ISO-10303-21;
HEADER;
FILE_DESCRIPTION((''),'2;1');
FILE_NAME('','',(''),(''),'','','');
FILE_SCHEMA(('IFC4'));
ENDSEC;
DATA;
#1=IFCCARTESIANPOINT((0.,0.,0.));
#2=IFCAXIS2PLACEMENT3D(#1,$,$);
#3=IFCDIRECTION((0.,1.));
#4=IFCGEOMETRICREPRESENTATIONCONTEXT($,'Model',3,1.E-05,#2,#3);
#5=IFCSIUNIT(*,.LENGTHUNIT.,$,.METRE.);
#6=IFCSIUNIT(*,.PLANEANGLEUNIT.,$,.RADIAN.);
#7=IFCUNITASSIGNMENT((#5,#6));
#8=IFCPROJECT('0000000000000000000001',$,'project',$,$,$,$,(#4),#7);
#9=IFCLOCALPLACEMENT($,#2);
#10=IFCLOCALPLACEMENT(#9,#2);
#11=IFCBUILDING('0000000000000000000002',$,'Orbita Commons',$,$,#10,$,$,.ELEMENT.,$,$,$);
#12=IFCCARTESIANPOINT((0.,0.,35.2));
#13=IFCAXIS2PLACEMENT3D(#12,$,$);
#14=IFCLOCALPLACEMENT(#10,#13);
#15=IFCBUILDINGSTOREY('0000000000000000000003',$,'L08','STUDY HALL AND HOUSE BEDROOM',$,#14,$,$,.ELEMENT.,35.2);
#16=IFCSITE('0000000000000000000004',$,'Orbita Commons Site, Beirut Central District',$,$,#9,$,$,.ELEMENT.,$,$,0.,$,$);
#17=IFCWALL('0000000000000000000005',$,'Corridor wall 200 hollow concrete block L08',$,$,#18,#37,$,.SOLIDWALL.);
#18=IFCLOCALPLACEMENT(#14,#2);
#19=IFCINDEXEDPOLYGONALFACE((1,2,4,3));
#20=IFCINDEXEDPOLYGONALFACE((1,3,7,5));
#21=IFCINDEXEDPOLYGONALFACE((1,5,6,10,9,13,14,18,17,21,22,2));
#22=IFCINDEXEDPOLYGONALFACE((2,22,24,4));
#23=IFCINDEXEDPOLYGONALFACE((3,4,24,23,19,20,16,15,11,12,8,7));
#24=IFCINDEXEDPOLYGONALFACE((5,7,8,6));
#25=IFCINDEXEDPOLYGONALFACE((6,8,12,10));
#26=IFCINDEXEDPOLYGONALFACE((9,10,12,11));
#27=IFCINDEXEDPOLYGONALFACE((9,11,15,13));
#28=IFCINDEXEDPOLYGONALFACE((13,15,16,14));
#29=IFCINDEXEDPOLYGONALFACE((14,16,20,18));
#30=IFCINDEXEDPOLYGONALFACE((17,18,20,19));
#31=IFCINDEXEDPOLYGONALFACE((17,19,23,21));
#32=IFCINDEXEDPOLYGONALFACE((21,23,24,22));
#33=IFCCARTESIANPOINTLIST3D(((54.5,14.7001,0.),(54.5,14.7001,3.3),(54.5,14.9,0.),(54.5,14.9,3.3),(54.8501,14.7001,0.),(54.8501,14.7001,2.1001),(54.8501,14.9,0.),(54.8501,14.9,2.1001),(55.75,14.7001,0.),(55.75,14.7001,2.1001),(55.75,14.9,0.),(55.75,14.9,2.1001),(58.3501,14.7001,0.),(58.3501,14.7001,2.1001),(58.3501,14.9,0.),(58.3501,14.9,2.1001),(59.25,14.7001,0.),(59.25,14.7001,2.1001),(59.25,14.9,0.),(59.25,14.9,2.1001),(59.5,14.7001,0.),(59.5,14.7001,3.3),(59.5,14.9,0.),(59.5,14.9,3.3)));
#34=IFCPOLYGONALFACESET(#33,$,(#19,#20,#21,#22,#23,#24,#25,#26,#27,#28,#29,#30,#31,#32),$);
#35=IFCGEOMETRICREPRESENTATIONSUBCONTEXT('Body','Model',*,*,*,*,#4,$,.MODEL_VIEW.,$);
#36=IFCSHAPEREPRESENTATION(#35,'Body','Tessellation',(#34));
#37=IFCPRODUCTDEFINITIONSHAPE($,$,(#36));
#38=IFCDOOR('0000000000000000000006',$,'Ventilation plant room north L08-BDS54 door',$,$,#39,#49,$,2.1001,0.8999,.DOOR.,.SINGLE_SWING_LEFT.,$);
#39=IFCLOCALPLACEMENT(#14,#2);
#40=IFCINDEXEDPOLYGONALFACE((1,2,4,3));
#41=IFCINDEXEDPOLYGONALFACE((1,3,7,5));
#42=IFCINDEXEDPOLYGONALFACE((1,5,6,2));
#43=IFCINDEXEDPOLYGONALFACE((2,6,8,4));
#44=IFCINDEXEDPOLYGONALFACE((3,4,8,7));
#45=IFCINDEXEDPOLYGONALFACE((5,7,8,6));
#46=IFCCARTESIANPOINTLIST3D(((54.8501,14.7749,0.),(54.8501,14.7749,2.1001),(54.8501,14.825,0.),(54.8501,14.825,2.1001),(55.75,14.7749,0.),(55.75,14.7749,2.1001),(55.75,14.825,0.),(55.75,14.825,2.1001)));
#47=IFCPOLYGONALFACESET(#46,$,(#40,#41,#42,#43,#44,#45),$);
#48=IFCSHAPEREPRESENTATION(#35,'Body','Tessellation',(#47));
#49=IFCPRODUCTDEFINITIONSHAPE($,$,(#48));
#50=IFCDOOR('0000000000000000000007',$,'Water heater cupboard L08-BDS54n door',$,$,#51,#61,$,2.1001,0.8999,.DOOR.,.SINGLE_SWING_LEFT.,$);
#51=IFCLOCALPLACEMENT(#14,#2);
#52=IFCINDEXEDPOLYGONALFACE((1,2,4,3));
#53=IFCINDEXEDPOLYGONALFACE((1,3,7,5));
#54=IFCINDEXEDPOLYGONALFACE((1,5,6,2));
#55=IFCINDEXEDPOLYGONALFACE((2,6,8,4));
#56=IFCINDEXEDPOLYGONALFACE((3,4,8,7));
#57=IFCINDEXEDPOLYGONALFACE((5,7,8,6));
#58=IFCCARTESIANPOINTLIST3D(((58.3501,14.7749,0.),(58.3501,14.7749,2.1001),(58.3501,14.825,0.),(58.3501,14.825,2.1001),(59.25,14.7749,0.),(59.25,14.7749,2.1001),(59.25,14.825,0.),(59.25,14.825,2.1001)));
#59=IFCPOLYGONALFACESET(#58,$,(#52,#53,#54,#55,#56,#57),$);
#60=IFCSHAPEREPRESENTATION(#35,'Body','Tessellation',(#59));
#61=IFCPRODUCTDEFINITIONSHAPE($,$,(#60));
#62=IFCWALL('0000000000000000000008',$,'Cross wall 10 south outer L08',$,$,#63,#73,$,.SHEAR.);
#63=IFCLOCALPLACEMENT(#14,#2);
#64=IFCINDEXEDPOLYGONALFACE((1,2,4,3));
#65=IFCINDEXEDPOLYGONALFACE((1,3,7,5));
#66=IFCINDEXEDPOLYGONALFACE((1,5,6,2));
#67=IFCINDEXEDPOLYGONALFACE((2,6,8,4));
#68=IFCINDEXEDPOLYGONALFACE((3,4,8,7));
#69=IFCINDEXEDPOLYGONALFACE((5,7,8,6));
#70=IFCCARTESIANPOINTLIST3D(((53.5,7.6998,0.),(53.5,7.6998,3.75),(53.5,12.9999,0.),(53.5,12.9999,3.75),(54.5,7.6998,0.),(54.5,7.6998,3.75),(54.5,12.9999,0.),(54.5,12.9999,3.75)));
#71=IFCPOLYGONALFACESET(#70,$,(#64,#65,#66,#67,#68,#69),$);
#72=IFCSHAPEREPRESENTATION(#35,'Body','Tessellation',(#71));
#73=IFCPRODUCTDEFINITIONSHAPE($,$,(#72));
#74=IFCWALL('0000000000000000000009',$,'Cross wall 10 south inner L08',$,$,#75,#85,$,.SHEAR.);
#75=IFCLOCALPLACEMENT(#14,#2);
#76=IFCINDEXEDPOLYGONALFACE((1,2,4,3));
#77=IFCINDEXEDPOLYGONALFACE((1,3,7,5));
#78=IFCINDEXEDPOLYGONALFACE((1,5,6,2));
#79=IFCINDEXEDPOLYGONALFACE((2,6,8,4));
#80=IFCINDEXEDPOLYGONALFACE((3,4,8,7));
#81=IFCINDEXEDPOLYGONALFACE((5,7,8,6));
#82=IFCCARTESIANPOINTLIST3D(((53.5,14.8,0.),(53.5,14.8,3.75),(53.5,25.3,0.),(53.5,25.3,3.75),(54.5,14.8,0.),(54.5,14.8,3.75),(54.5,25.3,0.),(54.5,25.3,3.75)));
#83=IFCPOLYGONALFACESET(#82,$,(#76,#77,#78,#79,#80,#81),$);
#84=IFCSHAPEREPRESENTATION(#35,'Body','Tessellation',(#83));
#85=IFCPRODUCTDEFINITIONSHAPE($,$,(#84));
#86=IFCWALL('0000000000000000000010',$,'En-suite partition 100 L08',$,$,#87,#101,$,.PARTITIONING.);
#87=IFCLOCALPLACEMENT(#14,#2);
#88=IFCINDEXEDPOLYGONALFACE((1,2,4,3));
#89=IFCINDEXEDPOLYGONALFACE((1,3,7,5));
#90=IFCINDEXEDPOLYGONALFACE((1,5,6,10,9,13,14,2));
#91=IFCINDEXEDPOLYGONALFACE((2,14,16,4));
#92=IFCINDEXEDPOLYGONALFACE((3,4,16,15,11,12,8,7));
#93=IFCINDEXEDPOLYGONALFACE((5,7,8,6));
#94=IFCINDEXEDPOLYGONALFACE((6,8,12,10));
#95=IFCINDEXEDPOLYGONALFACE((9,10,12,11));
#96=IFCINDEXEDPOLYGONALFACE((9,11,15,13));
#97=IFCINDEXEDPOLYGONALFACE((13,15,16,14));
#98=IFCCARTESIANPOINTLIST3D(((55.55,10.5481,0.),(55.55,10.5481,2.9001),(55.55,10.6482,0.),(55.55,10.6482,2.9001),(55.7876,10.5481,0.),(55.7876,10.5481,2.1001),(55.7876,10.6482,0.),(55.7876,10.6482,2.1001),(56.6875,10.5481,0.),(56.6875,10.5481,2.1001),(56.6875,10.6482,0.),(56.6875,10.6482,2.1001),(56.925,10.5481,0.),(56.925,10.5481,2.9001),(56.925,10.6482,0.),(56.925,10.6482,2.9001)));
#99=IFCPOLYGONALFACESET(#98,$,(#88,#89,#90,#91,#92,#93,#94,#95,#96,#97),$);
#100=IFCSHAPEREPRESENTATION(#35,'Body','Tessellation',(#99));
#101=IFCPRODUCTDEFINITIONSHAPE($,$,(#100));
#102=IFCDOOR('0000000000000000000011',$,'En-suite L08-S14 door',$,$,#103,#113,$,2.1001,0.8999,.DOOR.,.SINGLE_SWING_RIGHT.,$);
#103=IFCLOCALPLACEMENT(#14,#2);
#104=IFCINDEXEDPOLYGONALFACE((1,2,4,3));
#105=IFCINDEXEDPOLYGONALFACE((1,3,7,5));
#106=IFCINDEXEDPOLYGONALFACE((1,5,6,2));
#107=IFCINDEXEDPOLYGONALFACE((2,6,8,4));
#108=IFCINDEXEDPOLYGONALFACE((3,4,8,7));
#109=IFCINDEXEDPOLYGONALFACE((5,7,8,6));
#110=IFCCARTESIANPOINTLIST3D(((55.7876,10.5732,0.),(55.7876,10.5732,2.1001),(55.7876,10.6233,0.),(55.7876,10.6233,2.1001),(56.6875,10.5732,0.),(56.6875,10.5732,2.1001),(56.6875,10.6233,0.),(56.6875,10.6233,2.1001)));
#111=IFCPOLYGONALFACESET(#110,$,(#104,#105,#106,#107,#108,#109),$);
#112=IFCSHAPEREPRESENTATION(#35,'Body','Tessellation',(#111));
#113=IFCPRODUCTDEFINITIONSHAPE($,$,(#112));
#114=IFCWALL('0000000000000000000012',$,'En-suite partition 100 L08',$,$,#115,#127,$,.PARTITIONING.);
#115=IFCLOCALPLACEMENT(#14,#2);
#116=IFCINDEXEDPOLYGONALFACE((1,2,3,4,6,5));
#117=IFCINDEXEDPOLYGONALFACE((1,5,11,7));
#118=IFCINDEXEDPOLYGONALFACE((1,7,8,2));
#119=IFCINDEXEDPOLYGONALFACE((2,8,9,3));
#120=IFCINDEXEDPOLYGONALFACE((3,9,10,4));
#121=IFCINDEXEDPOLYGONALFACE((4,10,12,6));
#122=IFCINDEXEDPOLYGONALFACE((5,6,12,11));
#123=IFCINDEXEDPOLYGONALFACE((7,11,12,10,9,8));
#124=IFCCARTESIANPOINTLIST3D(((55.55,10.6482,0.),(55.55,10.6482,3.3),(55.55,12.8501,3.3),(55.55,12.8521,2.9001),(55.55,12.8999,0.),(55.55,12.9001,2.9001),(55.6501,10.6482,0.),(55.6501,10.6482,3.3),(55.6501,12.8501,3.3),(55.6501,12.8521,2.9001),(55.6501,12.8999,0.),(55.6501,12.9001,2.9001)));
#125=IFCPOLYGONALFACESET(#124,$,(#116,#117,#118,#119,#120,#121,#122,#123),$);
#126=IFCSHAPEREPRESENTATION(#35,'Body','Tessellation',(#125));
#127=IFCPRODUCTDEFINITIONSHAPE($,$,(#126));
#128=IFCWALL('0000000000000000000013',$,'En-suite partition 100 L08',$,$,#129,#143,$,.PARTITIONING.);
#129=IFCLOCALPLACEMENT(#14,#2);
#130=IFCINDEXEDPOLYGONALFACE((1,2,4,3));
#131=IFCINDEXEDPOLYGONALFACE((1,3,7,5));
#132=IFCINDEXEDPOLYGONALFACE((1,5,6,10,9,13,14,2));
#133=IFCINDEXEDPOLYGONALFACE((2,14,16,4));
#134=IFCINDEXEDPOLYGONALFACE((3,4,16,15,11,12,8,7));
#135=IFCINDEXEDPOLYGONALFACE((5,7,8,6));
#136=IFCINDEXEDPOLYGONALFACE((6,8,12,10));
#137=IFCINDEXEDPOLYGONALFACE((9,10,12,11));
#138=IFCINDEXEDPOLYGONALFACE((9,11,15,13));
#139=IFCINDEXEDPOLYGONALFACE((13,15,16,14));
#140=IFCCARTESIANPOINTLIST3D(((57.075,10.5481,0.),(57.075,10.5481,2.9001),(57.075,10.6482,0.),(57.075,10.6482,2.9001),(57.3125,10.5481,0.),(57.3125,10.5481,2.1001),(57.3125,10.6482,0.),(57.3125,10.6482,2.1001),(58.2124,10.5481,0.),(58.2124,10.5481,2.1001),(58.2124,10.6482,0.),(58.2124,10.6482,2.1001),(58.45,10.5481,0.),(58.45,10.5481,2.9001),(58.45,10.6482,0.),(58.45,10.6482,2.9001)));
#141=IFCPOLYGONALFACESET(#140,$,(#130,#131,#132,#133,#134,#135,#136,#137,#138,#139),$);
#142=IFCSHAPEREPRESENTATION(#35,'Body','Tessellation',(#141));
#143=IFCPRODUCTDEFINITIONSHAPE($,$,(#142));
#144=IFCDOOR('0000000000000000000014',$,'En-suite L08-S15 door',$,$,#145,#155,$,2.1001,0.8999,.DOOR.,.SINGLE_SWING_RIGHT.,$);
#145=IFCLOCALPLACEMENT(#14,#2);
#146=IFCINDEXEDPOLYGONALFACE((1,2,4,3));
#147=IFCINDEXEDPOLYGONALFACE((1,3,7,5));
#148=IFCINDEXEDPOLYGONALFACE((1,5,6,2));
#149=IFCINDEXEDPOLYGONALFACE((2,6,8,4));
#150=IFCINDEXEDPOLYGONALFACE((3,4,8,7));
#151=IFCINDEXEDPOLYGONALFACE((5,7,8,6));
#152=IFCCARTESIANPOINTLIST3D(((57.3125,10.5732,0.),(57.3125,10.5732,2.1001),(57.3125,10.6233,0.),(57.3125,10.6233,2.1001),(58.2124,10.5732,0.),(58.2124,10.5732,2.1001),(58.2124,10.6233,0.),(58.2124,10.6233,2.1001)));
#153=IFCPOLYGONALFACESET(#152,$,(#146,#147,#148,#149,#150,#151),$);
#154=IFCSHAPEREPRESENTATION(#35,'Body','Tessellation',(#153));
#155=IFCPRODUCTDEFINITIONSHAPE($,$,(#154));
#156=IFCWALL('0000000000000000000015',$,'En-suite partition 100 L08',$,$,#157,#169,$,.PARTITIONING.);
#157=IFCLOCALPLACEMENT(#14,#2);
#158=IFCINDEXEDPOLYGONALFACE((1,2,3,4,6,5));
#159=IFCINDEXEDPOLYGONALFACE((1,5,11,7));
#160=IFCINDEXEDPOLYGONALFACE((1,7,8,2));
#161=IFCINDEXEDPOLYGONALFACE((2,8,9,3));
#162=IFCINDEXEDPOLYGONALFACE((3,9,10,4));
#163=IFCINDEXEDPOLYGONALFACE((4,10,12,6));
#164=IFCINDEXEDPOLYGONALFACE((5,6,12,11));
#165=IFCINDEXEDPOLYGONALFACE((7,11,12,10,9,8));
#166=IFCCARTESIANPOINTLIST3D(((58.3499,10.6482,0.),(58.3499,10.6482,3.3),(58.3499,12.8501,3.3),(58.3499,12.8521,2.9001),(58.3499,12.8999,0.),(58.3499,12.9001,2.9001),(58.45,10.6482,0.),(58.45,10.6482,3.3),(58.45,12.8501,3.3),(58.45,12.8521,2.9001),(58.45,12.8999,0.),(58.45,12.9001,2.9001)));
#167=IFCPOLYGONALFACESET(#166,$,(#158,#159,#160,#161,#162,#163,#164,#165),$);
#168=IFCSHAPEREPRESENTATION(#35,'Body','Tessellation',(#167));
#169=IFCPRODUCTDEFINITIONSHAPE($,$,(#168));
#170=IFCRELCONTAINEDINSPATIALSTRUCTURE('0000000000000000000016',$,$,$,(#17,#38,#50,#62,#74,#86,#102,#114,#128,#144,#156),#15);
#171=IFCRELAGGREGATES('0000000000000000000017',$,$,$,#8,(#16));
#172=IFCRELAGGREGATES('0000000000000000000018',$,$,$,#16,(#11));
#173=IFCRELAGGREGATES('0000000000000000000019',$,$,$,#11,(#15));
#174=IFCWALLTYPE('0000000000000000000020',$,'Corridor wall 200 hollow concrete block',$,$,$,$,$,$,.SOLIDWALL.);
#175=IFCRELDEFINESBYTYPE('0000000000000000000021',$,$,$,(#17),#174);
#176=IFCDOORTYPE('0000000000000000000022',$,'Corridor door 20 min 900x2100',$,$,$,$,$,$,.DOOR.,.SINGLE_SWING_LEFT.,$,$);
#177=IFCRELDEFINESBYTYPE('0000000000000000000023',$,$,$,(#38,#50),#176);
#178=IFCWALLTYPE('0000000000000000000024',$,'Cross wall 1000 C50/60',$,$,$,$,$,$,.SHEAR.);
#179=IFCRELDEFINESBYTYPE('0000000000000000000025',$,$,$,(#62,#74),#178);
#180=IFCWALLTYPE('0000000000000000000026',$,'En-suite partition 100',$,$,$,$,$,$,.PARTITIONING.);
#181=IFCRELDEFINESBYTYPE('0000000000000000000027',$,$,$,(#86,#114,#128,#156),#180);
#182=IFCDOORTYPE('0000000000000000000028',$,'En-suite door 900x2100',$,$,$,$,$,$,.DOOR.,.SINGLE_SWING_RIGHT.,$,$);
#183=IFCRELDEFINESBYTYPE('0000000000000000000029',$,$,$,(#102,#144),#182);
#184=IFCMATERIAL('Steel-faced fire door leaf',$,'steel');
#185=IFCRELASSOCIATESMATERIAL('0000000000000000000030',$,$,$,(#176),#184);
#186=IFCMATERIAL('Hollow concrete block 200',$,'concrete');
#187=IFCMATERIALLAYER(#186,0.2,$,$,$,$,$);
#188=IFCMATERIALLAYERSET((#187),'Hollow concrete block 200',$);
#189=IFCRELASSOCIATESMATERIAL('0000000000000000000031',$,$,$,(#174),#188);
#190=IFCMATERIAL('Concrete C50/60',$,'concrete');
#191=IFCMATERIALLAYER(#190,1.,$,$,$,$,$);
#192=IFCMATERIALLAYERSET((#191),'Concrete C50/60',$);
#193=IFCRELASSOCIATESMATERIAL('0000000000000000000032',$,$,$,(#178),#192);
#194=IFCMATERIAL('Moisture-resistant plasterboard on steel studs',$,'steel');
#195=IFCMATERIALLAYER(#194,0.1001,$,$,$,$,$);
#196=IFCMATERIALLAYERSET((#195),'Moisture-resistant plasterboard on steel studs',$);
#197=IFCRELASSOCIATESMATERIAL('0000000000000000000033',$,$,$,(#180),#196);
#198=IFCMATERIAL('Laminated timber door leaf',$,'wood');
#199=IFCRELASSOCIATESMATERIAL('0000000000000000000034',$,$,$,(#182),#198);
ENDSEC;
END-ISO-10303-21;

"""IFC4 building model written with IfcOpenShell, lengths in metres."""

from ifc_helpers import new_model, si_unit, direction, frame, frame_2d, origin, place, context, subcontext, project, spatial, polyline, rectangle, outline, extrude, material, layer, layer_set, type_object, element, fill, save


model = new_model("IFC4")

# Units and contexts
model_context = context("Model", 3, precision=1e-05, world=origin(), true_north=direction((0.0, 1.0)))
body_context = subcontext(model_context, "Body", "Model", "MODEL_VIEW")
ifc_project = project(units=[si_unit("LENGTHUNIT", "METRE"), si_unit("PLANEANGLEUNIT", "RADIAN")], contexts=[model_context])

# Site, building, storey
site_placement = place(None, origin())
site = spatial("IfcSite", under=ifc_project, at=site_placement, Name="Orbita Commons Site, Beirut Central District", CompositionType="ELEMENT", RefElevation=0.0)
building_placement = place(site_placement, origin())
building = spatial("IfcBuilding", under=site, at=building_placement, Name="Orbita Commons", CompositionType="ELEMENT")
storey_placement = place(building_placement, frame((0.0, 0.0, 35.2)))
storey = spatial("IfcBuildingStorey", under=building, at=storey_placement, Name="L08", Description="STUDY HALL AND HOUSE BEDROOM", CompositionType="ELEMENT", Elevation=35.2)

# Wall, openings, doors
ifc_material_1 = material(Name="Steel-faced fire door leaf", Category="steel")
door_type_1 = type_object("IfcDoorType", Name="Corridor door 20 min 900x2100", OperationType="SINGLE_SWING_LEFT", PredefinedType="DOOR", material=ifc_material_1)
ifc_material_2 = material(Name="Hollow concrete block 200", Category="concrete")
ifc_layer_1 = layer(ifc_material_2, 0.2)
ifc_layer_set_1 = layer_set([ifc_layer_1], Name="Hollow concrete block 200")
wall_type_1 = type_object("IfcWallType", Name="Corridor wall 200 hollow concrete block", PredefinedType="SOLIDWALL", material=ifc_layer_set_1)
wall_1_placement = place(storey_placement, frame((54.5, 14.8, 0.0), z_axis=(0.0, 0.0, 1.0), x_axis=(1.0, 0.0, 0.0)))
wall_1 = element("IfcWall", 1, at=wall_1_placement, inside=storey, type_object=wall_type_1, Name="Corridor wall 200 hollow concrete block L08", PredefinedType="SOLIDWALL", context=body_context, shape_type="SweptSolid", body=[
    extrude(rectangle(XDim=5.0, YDim=0.2, at=frame_2d((2.5, 0.0))), origin(), (0.0, 0.0, 1.0), 3.3),
])
opening_1_placement = place(wall_1_placement, frame((0.3501, 0.0, 0.0)))
opening_1 = element("IfcOpeningElement", 2, at=opening_1_placement, cuts=wall_1, PredefinedType="OPENING", context=body_context, shape_type="SweptSolid", body=[
    extrude(rectangle(XDim=0.8999, YDim=2.1001, at=frame_2d((0.45, 1.05))), frame((0.0, 0.1099, 0.0), z_axis=(0.0, -1.0, 0.0), x_axis=(1.0, 0.0, 0.0)), (0.0, 0.0, 1.0), 0.22),
])
opening_2_placement = place(wall_1_placement, frame((3.8501, 0.0, 0.0)))
opening_2 = element("IfcOpeningElement", 3, at=opening_2_placement, cuts=wall_1, PredefinedType="OPENING", context=body_context, shape_type="SweptSolid", body=[
    extrude(rectangle(XDim=0.8999, YDim=2.1001, at=frame_2d((0.45, 1.05))), frame((0.0, 0.1099, 0.0), z_axis=(0.0, -1.0, 0.0), x_axis=(1.0, 0.0, 0.0)), (0.0, 0.0, 1.0), 0.22),
])
door_1_placement = place(opening_1_placement, origin())
door_1 = element("IfcDoor", 4, at=door_1_placement, inside=storey, type_object=door_type_1, Name="Ventilation plant room north L08-BDS54 door", OperationType="SINGLE_SWING_LEFT", OverallHeight=2.1001, OverallWidth=0.8999, PredefinedType="DOOR", context=body_context, shape_type="SweptSolid", body=[
    extrude(rectangle(XDim=0.8999, YDim=2.1001, at=frame_2d((0.45, 1.05))), frame((0.0, 0.0249, 0.0), z_axis=(0.0, -1.0, 0.0), x_axis=(1.0, 0.0, 0.0)), (0.0, 0.0, 1.0), 0.05),
])
fill(opening_1, door_1)
door_2_placement = place(opening_2_placement, origin())
door_2 = element("IfcDoor", 5, at=door_2_placement, inside=storey, type_object=door_type_1, Name="Water heater cupboard L08-BDS54n door", OperationType="SINGLE_SWING_LEFT", OverallHeight=2.1001, OverallWidth=0.8999, PredefinedType="DOOR", context=body_context, shape_type="SweptSolid", body=[
    extrude(rectangle(XDim=0.8999, YDim=2.1001, at=frame_2d((0.45, 1.05))), frame((0.0, 0.0249, 0.0), z_axis=(0.0, -1.0, 0.0), x_axis=(1.0, 0.0, 0.0)), (0.0, 0.0, 1.0), 0.05),
])
fill(opening_2, door_2)

# Walls
ifc_material_3 = material(Name="Concrete C50/60", Category="concrete")
ifc_layer_2 = layer(ifc_material_3, 1.0)
ifc_layer_set_2 = layer_set([ifc_layer_2], Name="Concrete C50/60")
wall_type_2 = type_object("IfcWallType", Name="Cross wall 1000 C50/60", PredefinedType="SHEAR", material=ifc_layer_set_2)
wall_2_placement = place(storey_placement, frame((54.0, 7.7, 0.0), z_axis=(0.0, 0.0, 1.0), x_axis=(0.0, 1.0, 0.0)))
element("IfcWall", 6, at=wall_2_placement, inside=storey, type_object=wall_type_2, Name="Cross wall 10 south outer L08", PredefinedType="SHEAR", context=body_context, shape_type="SweptSolid", body=[
    extrude(rectangle(XDim=5.3, YDim=1.0, at=frame_2d((2.6499, 0.0))), origin(), (0.0, 0.0, 1.0), 3.75),
])
wall_3_placement = place(storey_placement, frame((54.0, 14.8, 0.0), z_axis=(0.0, 0.0, 1.0), x_axis=(0.0, 1.0, 0.0)))
element("IfcWall", 7, at=wall_3_placement, inside=storey, type_object=wall_type_2, Name="Cross wall 10 south inner L08", PredefinedType="SHEAR", context=body_context, shape_type="SweptSolid", body=[
    extrude(rectangle(XDim=10.5, YDim=1.0, at=frame_2d((5.25, 0.0))), origin(), (0.0, 0.0, 1.0), 3.75),
])

# Wall, opening, door
ifc_material_4 = material(Name="Moisture-resistant plasterboard on steel studs", Category="steel")
ifc_layer_3 = layer(ifc_material_4, 0.1001)
ifc_layer_set_3 = layer_set([ifc_layer_3], Name="Moisture-resistant plasterboard on steel studs")
wall_type_3 = type_object("IfcWallType", Name="En-suite partition 100", PredefinedType="PARTITIONING", material=ifc_layer_set_3)
wall_4_placement = place(storey_placement, frame((56.925, 10.5981, 0.0), z_axis=(0.0, 0.0, 1.0), x_axis=(-1.0, 0.0, 0.0)))
wall_4 = element("IfcWall", 8, at=wall_4_placement, inside=storey, type_object=wall_type_3, Name="En-suite partition 100 L08", PredefinedType="PARTITIONING", context=body_context, shape_type="SweptSolid", body=[
    extrude(outline(polyline([(0.0, 0.0), (1.375, 0.0), (1.375, 2.9001), (0.0, 2.9001), (0.0, 0.0)])), frame((0.0, 0.05, 0.0), z_axis=(0.0, -1.0, 0.0), x_axis=(1.0, 0.0, 0.0)), (0.0, 0.0, 1.0), 0.1001),
])
opening_3_placement = place(wall_4_placement, frame((0.2375, 0.0, 0.0)))
opening_3 = element("IfcOpeningElement", 9, at=opening_3_placement, cuts=wall_4, PredefinedType="OPENING", context=body_context, shape_type="SweptSolid", body=[
    extrude(rectangle(XDim=0.8999, YDim=2.1001, at=frame_2d((0.45, 1.05))), frame((0.0, 0.0601, 0.0), z_axis=(0.0, -1.0, 0.0), x_axis=(1.0, 0.0, 0.0)), (0.0, 0.0, 1.0), 0.1201),
])
ifc_material_5 = material(Name="Laminated timber door leaf", Category="wood")
door_type_2 = type_object("IfcDoorType", Name="En-suite door 900x2100", OperationType="SINGLE_SWING_RIGHT", PredefinedType="DOOR", material=ifc_material_5)
door_3_placement = place(opening_3_placement, origin())
door_3 = element("IfcDoor", 10, at=door_3_placement, inside=storey, type_object=door_type_2, Name="En-suite L08-S14 door", OperationType="SINGLE_SWING_RIGHT", OverallHeight=2.1001, OverallWidth=0.8999, PredefinedType="DOOR", context=body_context, shape_type="SweptSolid", body=[
    extrude(rectangle(XDim=0.8999, YDim=2.1001, at=frame_2d((0.45, 1.05))), frame((0.0, 0.0249, 0.0), z_axis=(0.0, -1.0, 0.0), x_axis=(1.0, 0.0, 0.0)), (0.0, 0.0, 1.0), 0.05),
])
fill(opening_3, door_3)

# Wall
wall_5_placement = place(storey_placement, frame((55.6001, 10.6482, 0.0), z_axis=(0.0, 0.0, 1.0), x_axis=(0.0, 1.0, 0.0)))
element("IfcWall", 11, at=wall_5_placement, inside=storey, type_object=wall_type_3, Name="En-suite partition 100 L08", PredefinedType="PARTITIONING", context=body_context, shape_type="SweptSolid", body=[
    extrude(outline(polyline([(0.0, 0.0), (2.2517, 0.0), (2.252, 2.9001), (2.2039, 2.9001), (2.2019, 3.3), (0.0, 3.3), (0.0, 0.0)])), frame((0.0, 0.05, 0.0), z_axis=(0.0, -1.0, 0.0), x_axis=(1.0, 0.0, 0.0)), (0.0, 0.0, 1.0), 0.1001),
])

# Wall, opening, door
wall_6_placement = place(storey_placement, frame((58.45, 10.5981, 0.0), z_axis=(0.0, 0.0, 1.0), x_axis=(-1.0, 0.0, 0.0)))
wall_6 = element("IfcWall", 12, at=wall_6_placement, inside=storey, type_object=wall_type_3, Name="En-suite partition 100 L08", PredefinedType="PARTITIONING", context=body_context, shape_type="SweptSolid", body=[
    extrude(outline(polyline([(0.0, 0.0), (1.375, 0.0), (1.375, 2.9001), (0.0, 2.9001), (0.0, 0.0)])), frame((0.0, 0.05, 0.0), z_axis=(0.0, -1.0, 0.0), x_axis=(1.0, 0.0, 0.0)), (0.0, 0.0, 1.0), 0.1001),
])
opening_4_placement = place(wall_6_placement, frame((0.2375, 0.0, 0.0)))
opening_4 = element("IfcOpeningElement", 13, at=opening_4_placement, cuts=wall_6, PredefinedType="OPENING", context=body_context, shape_type="SweptSolid", body=[
    extrude(rectangle(XDim=0.8999, YDim=2.1001, at=frame_2d((0.45, 1.05))), frame((0.0, 0.0601, 0.0), z_axis=(0.0, -1.0, 0.0), x_axis=(1.0, 0.0, 0.0)), (0.0, 0.0, 1.0), 0.1201),
])
door_4_placement = place(opening_4_placement, origin())
door_4 = element("IfcDoor", 14, at=door_4_placement, inside=storey, type_object=door_type_2, Name="En-suite L08-S15 door", OperationType="SINGLE_SWING_RIGHT", OverallHeight=2.1001, OverallWidth=0.8999, PredefinedType="DOOR", context=body_context, shape_type="SweptSolid", body=[
    extrude(rectangle(XDim=0.8999, YDim=2.1001, at=frame_2d((0.45, 1.05))), frame((0.0, 0.0249, 0.0), z_axis=(0.0, -1.0, 0.0), x_axis=(1.0, 0.0, 0.0)), (0.0, 0.0, 1.0), 0.05),
])
fill(opening_4, door_4)

# Wall
wall_7_placement = place(storey_placement, frame((58.3999, 10.6482, 0.0), z_axis=(0.0, 0.0, 1.0), x_axis=(0.0, 1.0, 0.0)))
element("IfcWall", 15, at=wall_7_placement, inside=storey, type_object=wall_type_3, Name="En-suite partition 100 L08", PredefinedType="PARTITIONING", context=body_context, shape_type="SweptSolid", body=[
    extrude(outline(polyline([(0.0, 0.0), (2.2517, 0.0), (2.252, 2.9001), (2.2039, 2.9001), (2.2019, 3.3), (0.0, 3.3), (0.0, 0.0)])), frame((0.0, 0.05, 0.0), z_axis=(0.0, -1.0, 0.0), x_axis=(1.0, 0.0, 0.0)), (0.0, 0.0, 1.0), 0.1001),
])

save(model, "model.ifc")
